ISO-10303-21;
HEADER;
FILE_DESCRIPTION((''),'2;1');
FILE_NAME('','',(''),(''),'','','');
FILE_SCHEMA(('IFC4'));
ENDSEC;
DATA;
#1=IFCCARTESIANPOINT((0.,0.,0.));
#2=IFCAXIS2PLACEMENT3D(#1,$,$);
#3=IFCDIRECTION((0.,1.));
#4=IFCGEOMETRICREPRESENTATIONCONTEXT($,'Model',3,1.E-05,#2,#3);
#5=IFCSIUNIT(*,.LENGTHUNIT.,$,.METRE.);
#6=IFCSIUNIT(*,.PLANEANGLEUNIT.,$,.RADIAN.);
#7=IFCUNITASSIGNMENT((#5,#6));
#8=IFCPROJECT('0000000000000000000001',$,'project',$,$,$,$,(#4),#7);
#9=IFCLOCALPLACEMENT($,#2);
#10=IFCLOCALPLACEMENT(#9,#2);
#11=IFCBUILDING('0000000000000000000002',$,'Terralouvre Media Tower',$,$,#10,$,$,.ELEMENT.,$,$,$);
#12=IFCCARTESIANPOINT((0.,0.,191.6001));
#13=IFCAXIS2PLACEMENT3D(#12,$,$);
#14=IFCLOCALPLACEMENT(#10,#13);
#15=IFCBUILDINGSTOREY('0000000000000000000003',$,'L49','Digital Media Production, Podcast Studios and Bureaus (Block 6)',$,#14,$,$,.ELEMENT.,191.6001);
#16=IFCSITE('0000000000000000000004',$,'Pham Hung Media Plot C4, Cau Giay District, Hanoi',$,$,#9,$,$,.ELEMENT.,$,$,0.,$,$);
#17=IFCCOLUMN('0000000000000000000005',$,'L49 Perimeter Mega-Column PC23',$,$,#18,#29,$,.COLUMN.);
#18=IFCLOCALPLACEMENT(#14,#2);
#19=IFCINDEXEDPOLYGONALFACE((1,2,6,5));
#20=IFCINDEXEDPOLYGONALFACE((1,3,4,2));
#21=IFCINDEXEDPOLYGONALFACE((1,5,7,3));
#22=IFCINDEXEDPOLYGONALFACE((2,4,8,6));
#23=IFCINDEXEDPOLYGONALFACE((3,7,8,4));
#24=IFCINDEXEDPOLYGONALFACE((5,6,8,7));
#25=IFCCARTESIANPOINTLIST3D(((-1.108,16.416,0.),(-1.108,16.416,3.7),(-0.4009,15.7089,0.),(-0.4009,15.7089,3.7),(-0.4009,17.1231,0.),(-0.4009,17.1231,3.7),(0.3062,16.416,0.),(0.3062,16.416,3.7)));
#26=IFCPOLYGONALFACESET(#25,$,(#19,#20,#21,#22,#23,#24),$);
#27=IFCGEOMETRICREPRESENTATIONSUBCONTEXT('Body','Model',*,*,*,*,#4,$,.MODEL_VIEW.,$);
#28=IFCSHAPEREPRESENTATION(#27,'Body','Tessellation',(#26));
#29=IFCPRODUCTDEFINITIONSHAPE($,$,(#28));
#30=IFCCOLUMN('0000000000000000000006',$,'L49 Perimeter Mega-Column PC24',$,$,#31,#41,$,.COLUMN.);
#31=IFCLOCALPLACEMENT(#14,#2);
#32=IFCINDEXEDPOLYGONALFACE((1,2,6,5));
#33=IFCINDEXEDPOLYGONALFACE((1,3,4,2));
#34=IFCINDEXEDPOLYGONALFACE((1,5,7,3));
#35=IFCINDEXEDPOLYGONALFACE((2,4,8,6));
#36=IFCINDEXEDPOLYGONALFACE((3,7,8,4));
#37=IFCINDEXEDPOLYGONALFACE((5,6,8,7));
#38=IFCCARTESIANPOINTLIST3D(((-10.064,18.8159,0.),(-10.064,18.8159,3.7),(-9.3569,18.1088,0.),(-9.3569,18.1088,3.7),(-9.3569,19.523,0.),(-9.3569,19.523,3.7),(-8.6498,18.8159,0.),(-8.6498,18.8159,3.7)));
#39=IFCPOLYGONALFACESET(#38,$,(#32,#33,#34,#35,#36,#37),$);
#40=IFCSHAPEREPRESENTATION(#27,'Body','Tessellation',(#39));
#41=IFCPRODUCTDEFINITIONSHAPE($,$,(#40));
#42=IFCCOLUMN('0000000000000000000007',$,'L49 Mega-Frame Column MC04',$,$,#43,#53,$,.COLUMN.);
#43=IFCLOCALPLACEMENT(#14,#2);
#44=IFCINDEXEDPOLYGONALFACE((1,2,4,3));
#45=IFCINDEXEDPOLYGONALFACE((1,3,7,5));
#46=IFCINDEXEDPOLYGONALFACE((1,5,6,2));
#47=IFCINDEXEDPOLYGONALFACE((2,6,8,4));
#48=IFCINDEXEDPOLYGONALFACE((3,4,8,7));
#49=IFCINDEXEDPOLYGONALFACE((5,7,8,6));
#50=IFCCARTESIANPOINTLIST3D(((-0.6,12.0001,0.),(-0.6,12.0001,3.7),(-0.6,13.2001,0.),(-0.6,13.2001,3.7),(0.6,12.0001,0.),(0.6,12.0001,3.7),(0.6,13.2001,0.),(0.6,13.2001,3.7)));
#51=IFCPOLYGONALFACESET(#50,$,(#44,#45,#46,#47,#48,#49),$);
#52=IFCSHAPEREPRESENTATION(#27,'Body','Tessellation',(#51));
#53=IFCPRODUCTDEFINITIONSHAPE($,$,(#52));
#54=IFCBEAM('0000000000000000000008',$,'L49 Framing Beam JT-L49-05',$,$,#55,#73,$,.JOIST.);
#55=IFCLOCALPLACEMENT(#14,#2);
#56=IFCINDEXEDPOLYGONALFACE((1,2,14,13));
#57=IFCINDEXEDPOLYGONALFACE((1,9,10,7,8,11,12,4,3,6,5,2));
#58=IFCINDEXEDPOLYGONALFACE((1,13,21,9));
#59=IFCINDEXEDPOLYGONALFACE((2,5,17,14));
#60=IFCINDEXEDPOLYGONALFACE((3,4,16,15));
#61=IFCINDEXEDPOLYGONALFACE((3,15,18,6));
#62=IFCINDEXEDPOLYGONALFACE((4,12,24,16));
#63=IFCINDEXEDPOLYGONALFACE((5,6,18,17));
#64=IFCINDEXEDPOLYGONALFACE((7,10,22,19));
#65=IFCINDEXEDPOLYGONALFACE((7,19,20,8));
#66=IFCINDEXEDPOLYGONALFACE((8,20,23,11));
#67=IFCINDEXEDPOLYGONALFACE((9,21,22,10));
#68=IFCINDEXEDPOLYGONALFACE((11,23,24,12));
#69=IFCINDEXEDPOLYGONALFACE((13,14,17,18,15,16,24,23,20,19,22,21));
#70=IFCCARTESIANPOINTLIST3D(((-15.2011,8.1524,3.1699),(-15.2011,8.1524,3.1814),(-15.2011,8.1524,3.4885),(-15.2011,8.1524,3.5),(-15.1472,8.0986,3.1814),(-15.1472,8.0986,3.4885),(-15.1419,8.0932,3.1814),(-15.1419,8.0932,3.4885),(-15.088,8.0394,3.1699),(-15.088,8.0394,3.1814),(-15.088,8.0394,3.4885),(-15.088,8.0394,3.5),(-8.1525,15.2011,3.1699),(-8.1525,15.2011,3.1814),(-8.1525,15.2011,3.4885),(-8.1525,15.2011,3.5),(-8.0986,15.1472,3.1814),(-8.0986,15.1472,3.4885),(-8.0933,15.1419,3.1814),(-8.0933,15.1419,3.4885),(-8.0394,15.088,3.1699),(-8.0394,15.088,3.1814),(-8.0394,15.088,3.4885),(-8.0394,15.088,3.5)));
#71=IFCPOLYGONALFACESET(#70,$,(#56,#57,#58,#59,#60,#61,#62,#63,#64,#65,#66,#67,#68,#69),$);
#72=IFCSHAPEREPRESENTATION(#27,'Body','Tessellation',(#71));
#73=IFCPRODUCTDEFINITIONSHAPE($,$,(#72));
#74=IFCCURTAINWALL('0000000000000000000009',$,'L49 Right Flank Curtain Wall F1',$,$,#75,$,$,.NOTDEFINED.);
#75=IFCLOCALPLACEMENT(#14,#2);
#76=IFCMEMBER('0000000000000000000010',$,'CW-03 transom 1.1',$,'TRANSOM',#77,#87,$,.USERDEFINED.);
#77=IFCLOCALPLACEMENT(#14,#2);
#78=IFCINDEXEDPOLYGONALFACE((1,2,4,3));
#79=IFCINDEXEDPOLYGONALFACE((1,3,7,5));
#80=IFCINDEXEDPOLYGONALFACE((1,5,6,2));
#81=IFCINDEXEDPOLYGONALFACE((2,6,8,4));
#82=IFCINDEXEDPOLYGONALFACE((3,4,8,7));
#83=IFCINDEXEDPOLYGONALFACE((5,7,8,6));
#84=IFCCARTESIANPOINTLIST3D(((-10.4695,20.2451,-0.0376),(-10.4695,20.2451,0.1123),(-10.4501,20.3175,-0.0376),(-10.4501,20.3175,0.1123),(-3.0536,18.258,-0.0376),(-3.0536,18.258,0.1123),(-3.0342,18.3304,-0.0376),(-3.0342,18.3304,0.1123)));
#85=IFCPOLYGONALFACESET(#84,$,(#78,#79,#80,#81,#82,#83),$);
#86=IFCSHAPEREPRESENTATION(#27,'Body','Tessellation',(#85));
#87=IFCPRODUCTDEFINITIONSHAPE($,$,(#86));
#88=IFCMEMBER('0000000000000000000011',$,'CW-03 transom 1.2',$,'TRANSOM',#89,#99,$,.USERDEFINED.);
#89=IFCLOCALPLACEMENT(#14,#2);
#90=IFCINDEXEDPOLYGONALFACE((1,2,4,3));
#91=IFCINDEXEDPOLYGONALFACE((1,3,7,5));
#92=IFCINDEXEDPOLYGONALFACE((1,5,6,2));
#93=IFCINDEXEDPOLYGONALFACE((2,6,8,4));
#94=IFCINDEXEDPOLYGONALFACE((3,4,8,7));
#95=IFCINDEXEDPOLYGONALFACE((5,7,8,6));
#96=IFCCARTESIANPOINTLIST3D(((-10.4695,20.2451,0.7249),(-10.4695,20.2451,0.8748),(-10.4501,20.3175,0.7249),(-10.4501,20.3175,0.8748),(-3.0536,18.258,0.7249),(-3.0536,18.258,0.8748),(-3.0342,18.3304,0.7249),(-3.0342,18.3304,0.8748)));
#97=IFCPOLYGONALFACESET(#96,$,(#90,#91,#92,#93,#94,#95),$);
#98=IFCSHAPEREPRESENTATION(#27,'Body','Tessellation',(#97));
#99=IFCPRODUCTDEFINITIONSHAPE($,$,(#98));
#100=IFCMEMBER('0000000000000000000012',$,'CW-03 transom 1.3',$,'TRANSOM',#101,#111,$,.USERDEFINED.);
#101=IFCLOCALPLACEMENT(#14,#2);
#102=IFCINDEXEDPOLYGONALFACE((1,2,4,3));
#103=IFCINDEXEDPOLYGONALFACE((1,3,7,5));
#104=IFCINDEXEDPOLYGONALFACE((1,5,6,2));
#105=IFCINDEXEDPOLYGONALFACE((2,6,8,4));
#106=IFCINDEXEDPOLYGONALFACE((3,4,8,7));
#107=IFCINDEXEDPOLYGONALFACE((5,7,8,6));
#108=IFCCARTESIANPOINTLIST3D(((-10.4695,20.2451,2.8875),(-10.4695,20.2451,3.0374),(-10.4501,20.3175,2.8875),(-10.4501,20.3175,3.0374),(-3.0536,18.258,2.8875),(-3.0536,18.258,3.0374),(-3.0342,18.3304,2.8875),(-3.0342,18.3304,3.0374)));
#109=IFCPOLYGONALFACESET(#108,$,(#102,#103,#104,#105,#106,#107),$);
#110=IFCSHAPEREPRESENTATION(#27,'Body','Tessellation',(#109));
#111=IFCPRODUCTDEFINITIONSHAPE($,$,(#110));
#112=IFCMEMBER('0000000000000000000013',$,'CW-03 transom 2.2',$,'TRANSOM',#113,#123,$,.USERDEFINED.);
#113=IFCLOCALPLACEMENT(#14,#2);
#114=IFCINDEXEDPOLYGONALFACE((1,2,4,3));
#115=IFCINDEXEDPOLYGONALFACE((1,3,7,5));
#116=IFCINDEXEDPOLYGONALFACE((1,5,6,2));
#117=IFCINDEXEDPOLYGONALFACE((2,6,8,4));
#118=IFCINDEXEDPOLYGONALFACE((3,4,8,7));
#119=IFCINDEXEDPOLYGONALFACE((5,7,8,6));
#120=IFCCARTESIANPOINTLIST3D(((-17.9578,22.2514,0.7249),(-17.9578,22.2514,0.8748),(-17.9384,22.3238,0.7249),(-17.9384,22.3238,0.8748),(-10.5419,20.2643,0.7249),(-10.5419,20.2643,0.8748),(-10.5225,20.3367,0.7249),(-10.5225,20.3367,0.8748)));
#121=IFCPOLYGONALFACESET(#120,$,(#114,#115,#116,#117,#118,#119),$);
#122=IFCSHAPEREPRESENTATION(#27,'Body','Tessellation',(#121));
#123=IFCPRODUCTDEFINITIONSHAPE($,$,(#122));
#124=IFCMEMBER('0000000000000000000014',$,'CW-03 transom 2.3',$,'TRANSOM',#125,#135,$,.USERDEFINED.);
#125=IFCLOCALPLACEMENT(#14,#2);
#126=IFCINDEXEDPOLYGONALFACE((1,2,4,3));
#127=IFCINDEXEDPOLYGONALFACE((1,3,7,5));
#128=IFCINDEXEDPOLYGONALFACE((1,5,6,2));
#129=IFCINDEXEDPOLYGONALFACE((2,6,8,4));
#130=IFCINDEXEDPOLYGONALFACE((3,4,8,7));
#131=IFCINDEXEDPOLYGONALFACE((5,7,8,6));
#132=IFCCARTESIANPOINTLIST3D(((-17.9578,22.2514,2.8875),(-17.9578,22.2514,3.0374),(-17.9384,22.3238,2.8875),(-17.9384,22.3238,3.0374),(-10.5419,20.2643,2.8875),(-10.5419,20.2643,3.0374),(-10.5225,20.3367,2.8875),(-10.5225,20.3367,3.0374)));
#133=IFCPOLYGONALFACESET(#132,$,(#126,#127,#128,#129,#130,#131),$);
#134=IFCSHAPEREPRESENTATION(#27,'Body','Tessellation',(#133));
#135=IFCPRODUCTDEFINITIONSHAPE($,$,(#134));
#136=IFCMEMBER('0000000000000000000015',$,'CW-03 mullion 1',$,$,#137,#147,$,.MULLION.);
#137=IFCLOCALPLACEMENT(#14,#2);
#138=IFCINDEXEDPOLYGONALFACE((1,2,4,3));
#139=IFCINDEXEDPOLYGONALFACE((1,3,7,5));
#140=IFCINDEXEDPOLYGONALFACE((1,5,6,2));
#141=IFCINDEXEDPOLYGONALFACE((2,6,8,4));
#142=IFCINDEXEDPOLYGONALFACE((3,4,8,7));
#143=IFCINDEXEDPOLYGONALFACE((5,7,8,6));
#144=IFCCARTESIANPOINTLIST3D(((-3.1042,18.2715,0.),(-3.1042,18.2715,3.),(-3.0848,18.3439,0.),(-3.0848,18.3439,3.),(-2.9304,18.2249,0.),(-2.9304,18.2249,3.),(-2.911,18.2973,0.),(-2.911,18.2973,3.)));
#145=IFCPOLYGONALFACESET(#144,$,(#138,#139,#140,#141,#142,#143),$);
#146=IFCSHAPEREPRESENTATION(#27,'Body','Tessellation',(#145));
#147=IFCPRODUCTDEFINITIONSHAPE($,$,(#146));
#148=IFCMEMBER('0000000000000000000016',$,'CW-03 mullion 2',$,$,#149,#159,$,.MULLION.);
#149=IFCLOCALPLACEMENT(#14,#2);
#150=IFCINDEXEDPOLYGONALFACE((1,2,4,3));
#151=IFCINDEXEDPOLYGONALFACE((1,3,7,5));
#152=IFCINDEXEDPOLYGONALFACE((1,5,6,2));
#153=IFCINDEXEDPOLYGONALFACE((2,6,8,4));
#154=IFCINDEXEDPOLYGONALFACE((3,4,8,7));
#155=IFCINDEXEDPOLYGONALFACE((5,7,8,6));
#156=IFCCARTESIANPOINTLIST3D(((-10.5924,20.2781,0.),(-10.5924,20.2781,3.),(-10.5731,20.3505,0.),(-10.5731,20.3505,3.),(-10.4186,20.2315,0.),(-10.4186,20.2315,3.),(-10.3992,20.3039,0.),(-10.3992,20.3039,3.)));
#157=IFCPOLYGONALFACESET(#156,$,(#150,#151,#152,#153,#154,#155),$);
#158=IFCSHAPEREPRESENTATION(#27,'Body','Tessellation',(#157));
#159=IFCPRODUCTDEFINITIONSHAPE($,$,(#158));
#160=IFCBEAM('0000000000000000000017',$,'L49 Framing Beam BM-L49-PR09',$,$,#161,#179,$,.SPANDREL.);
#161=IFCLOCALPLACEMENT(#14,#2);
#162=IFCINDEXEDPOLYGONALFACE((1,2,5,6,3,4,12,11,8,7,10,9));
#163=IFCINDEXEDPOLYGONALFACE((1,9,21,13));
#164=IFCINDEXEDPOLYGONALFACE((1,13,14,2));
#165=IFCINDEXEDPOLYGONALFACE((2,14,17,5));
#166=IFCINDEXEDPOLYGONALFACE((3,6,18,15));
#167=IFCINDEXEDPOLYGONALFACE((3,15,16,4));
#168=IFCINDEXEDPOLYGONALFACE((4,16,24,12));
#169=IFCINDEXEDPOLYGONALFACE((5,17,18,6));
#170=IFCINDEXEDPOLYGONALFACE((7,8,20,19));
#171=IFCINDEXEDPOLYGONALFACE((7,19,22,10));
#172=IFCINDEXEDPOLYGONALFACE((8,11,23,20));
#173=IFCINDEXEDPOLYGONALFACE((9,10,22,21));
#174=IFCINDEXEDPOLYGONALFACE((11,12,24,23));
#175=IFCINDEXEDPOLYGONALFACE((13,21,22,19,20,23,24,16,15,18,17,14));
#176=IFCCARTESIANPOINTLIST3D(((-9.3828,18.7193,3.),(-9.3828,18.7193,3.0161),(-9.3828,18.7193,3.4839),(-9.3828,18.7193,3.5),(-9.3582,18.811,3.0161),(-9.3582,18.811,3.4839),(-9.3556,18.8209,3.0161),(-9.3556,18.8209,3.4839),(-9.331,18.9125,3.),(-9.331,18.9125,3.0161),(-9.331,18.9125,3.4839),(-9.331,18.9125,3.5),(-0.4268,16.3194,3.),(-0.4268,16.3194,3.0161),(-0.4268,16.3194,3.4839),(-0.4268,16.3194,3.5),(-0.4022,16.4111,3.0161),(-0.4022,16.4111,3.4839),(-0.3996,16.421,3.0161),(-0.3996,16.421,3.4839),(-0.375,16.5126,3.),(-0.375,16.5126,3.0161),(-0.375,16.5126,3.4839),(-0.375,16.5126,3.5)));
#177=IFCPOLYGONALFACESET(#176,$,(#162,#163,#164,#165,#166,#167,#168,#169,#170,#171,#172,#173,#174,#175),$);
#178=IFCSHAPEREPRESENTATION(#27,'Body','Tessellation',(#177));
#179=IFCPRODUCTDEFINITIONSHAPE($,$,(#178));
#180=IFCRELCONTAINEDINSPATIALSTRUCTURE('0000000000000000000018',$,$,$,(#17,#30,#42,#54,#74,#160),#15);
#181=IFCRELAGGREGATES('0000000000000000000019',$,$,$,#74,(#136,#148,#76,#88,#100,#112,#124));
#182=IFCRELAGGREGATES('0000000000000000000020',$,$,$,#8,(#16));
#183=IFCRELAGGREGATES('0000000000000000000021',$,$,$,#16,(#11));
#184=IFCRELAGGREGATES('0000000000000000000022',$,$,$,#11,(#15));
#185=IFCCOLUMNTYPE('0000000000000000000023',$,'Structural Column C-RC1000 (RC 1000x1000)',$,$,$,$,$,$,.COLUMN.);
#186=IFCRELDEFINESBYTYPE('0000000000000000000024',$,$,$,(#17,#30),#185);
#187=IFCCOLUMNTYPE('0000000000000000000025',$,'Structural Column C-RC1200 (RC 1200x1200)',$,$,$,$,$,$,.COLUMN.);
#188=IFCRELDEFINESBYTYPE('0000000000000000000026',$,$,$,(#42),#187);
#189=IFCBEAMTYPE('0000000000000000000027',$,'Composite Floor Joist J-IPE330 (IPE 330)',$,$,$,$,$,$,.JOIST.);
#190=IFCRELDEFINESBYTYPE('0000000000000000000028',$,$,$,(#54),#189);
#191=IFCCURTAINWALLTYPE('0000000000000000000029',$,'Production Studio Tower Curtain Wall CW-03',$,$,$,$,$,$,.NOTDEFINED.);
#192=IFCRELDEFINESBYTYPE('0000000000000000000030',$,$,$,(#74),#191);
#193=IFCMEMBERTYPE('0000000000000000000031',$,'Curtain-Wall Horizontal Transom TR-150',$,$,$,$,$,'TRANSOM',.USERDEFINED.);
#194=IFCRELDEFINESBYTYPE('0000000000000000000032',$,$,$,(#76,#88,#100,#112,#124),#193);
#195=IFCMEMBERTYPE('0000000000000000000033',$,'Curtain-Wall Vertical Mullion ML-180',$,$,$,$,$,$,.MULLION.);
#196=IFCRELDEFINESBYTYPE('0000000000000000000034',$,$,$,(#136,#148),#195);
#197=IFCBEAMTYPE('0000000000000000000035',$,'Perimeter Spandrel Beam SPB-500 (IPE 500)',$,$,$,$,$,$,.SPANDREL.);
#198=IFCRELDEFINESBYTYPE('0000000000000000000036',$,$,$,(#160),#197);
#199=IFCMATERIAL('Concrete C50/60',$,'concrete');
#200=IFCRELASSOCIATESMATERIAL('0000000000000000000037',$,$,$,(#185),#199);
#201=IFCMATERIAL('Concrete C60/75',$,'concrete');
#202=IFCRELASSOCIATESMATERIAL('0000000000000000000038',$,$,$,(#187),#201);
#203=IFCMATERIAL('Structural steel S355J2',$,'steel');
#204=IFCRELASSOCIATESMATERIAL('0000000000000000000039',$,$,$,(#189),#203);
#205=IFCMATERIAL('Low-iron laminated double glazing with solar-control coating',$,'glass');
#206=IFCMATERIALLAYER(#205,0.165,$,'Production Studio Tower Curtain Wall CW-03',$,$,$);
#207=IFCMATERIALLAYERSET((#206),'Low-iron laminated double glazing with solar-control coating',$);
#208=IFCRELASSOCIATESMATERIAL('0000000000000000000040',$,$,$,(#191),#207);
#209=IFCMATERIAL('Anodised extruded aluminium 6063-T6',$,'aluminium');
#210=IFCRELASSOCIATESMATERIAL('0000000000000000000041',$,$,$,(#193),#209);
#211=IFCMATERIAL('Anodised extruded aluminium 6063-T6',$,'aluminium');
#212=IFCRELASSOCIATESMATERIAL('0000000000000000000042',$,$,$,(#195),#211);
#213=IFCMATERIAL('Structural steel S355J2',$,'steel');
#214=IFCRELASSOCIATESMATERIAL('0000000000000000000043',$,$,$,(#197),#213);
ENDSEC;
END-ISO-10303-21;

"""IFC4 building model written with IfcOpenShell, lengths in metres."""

from ifc_helpers import new_model, si_unit, direction, frame, origin, origin_2d, place, context, subcontext, project, spatial, rectangle, i_section, extrude, material, layer, layer_set, material_profile, profile_set, type_object, element, aggregate, save


model = new_model("IFC4")

# Units and contexts
model_context = context("Model", 3, precision=1e-05, world=origin(), true_north=direction((0.0, 1.0)))
body_context = subcontext(model_context, "Body", "Model", "MODEL_VIEW")
ifc_project = project(units=[si_unit("LENGTHUNIT", "METRE"), si_unit("PLANEANGLEUNIT", "RADIAN")], contexts=[model_context])

# Site, building, storey
site_placement = place(None, origin())
site = spatial("IfcSite", under=ifc_project, at=site_placement, Name="Pham Hung Media Plot C4, Cau Giay District, Hanoi", CompositionType="ELEMENT", RefElevation=0.0)
building_placement = place(site_placement, origin())
building = spatial("IfcBuilding", under=site, at=building_placement, Name="Terralouvre Media Tower", CompositionType="ELEMENT")
storey_placement = place(building_placement, frame((0.0, 0.0, 191.6001)))
storey = spatial("IfcBuildingStorey", under=building, at=storey_placement, Name="L49", Description="Digital Media Production, Podcast Studios and Bureaus (Block 6)", CompositionType="ELEMENT", Elevation=191.6001)

# Columns
ifc_material_1 = material(Name="Concrete C50/60", Category="concrete")
ifc_material_profile_1 = material_profile(ifc_material_1, rectangle(XDim=1.0, YDim=1.0, at=origin_2d()), Name="RC 1000x1000")
ifc_profile_set_1 = profile_set([ifc_material_profile_1], Name="Concrete C50/60")
column_type_1 = type_object("IfcColumnType", Name="Structural Column C-RC1000 (RC 1000x1000)", PredefinedType="COLUMN", material=ifc_profile_set_1)
for number, where, z_axis, x_axis, name in (
    (1, (-0.4009, 16.416, 0.0), (0.0, 0.0, 1.0), (0.707107, 0.707107, 0.0), "L49 Perimeter Mega-Column PC23"),
    (2, (-9.3569, 18.8159, 0.0), (0.0, 0.0, 1.0), (0.707107, 0.707107, 0.0), "L49 Perimeter Mega-Column PC24"),
):
    element("IfcColumn", number, at=place(storey_placement, frame(where, z_axis=z_axis, x_axis=x_axis)), inside=storey, type_object=column_type_1, Name=name, PredefinedType="COLUMN", context=body_context, shape_type="SweptSolid", body=[
        extrude(rectangle(XDim=1.0, YDim=1.0, at=origin_2d()), origin(), (0.0, 0.0, 1.0), 3.7),
    ])
ifc_material_2 = material(Name="Concrete C60/75", Category="concrete")
ifc_material_profile_2 = material_profile(ifc_material_2, rectangle(XDim=1.2, YDim=1.2, at=origin_2d()), Name="RC 1200x1200")
ifc_profile_set_2 = profile_set([ifc_material_profile_2], Name="Concrete C60/75")
column_type_2 = type_object("IfcColumnType", Name="Structural Column C-RC1200 (RC 1200x1200)", PredefinedType="COLUMN", material=ifc_profile_set_2)
column_placement = place(storey_placement, frame((0.0, 12.6001, 0.0), z_axis=(0.0, 0.0, 1.0), x_axis=(1.0, 0.0, 0.0)))
element("IfcColumn", 3, at=column_placement, inside=storey, type_object=column_type_2, Name="L49 Mega-Frame Column MC04", PredefinedType="COLUMN", context=body_context, shape_type="SweptSolid", body=[
    extrude(rectangle(XDim=1.2, YDim=1.2, at=origin_2d()), origin(), (0.0, 0.0, 1.0), 3.7),
])

# Beam
ifc_material_3 = material(Name="Structural steel S355J2", Category="steel")
ifc_material_profile_3 = material_profile(ifc_material_3, i_section(OverallWidth=0.1599, OverallDepth=0.3301, WebThickness=0.0076, FlangeThickness=0.0115, at=origin_2d()), Name="IPE 330")
ifc_profile_set_3 = profile_set([ifc_material_profile_3], Name="Structural steel S355J2")
beam_type_1 = type_object("IfcBeamType", Name="Composite Floor Joist J-IPE330 (IPE 330)", PredefinedType="JOIST", material=ifc_profile_set_3)
beam_1_placement = place(storey_placement, frame((-8.0959, 15.1445, 3.335), z_axis=(-0.707107, -0.707107, 0.0), x_axis=(0.707107, -0.707107, 0.0)))
element("IfcBeam", 4, at=beam_1_placement, inside=storey, type_object=beam_type_1, Name="L49 Framing Beam JT-L49-05", PredefinedType="JOIST", context=body_context, shape_type="SweptSolid", body=[
    extrude(i_section(OverallWidth=0.1599, OverallDepth=0.3301, WebThickness=0.0076, FlangeThickness=0.0115, at=origin_2d()), origin(), (0.0, 0.0, 1.0), 9.9683),
])

# Curtain wall, members
ifc_material_4 = material(Name="Low-iron laminated double glazing with solar-control coating", Category="glass")
ifc_layer_1 = layer(ifc_material_4, 0.165, Name="Production Studio Tower Curtain Wall CW-03")
ifc_layer_set_1 = layer_set([ifc_layer_1], Name="Low-iron laminated double glazing with solar-control coating")
curtain_wall_type = type_object("IfcCurtainWallType", Name="Production Studio Tower Curtain Wall CW-03", PredefinedType="NOTDEFINED", material=ifc_layer_set_1)
curtain_wall_placement = place(storey_placement, origin())
curtain_wall = element("IfcCurtainWall", 5, at=curtain_wall_placement, inside=storey, type_object=curtain_wall_type, Name="L49 Right Flank Curtain Wall F1", PredefinedType="NOTDEFINED")
ifc_material_5 = material(Name="Anodised extruded aluminium 6063-T6", Category="aluminium")
ifc_material_profile_4 = material_profile(ifc_material_5, rectangle(XDim=0.075, YDim=0.1499, at=origin_2d()), Name="ALU 75x150")
ifc_profile_set_4 = profile_set([ifc_material_profile_4], Name="Anodised extruded aluminium 6063-T6")
member_type_1 = type_object("IfcMemberType", Name="Curtain-Wall Horizontal Transom TR-150", ElementType="TRANSOM", PredefinedType="USERDEFINED", material=ifc_profile_set_4)
member_1_placement = place(storey_placement, frame((-3.0439, 18.2942, 0.0374), z_axis=(-0.965925, 0.25882, 0.0), x_axis=(-0.25882, -0.965925, 0.0)))
member_1 = element("IfcMember", 6, at=member_1_placement, type_object=member_type_1, Name="CW-03 transom 1.1", ObjectType="TRANSOM", PredefinedType="USERDEFINED", context=body_context, shape_type="SweptSolid", body=[
    extrude(rectangle(XDim=0.075, YDim=0.1499, at=origin_2d()), origin(), (0.0, 0.0, 1.0), 7.6775),
])
member_2_placement = place(storey_placement, frame((-3.0439, 18.2942, 0.7998), z_axis=(-0.965925, 0.25882, 0.0), x_axis=(-0.25882, -0.965925, 0.0)))
member_2 = element("IfcMember", 7, at=member_2_placement, type_object=member_type_1, Name="CW-03 transom 1.2", ObjectType="TRANSOM", PredefinedType="USERDEFINED", context=body_context, shape_type="SweptSolid", body=[
    extrude(rectangle(XDim=0.075, YDim=0.1499, at=origin_2d()), origin(), (0.0, 0.0, 1.0), 7.6775),
])
member_3_placement = place(storey_placement, frame((-3.0439, 18.2942, 2.9624), z_axis=(-0.965925, 0.25882, 0.0), x_axis=(-0.25882, -0.965925, 0.0)))
member_3 = element("IfcMember", 8, at=member_3_placement, type_object=member_type_1, Name="CW-03 transom 1.3", ObjectType="TRANSOM", PredefinedType="USERDEFINED", context=body_context, shape_type="SweptSolid", body=[
    extrude(rectangle(XDim=0.075, YDim=0.1499, at=origin_2d()), origin(), (0.0, 0.0, 1.0), 7.6775),
])
member_4_placement = place(storey_placement, frame((-10.5322, 20.3005, 0.7998), z_axis=(-0.965925, 0.25882, 0.0), x_axis=(-0.25882, -0.965925, 0.0)))
member_4 = element("IfcMember", 9, at=member_4_placement, type_object=member_type_1, Name="CW-03 transom 2.2", ObjectType="TRANSOM", PredefinedType="USERDEFINED", context=body_context, shape_type="SweptSolid", body=[
    extrude(rectangle(XDim=0.075, YDim=0.1499, at=origin_2d()), origin(), (0.0, 0.0, 1.0), 7.6775),
])
member_5_placement = place(storey_placement, frame((-10.5322, 20.3005, 2.9624), z_axis=(-0.965925, 0.25882, 0.0), x_axis=(-0.25882, -0.965925, 0.0)))
member_5 = element("IfcMember", 10, at=member_5_placement, type_object=member_type_1, Name="CW-03 transom 2.3", ObjectType="TRANSOM", PredefinedType="USERDEFINED", context=body_context, shape_type="SweptSolid", body=[
    extrude(rectangle(XDim=0.075, YDim=0.1499, at=origin_2d()), origin(), (0.0, 0.0, 1.0), 7.6775),
])
ifc_material_6 = material(Name="Anodised extruded aluminium 6063-T6", Category="aluminium")
ifc_material_profile_5 = material_profile(ifc_material_6, rectangle(XDim=0.075, YDim=0.1799, at=origin_2d()), Name="ALU 75x180")
ifc_profile_set_5 = profile_set([ifc_material_profile_5], Name="Anodised extruded aluminium 6063-T6")
member_type_2 = type_object("IfcMemberType", Name="Curtain-Wall Vertical Mullion ML-180", PredefinedType="MULLION", material=ifc_profile_set_5)
member_6_placement = place(storey_placement, frame((-3.0076, 18.2844, 0.0), z_axis=(0.0, 0.0, 1.0), x_axis=(-0.258819, -0.965926, 0.0)))
member_6 = element("IfcMember", 11, at=member_6_placement, type_object=member_type_2, Name="CW-03 mullion 1", PredefinedType="MULLION", context=body_context, shape_type="SweptSolid", body=[
    extrude(rectangle(XDim=0.075, YDim=0.1799, at=origin_2d()), origin(), (0.0, 0.0, 1.0), 3.0),
])
member_7_placement = place(storey_placement, frame((-10.4958, 20.291, 0.0), z_axis=(0.0, 0.0, 1.0), x_axis=(-0.258819, -0.965926, 0.0)))
member_7 = element("IfcMember", 12, at=member_7_placement, type_object=member_type_2, Name="CW-03 mullion 2", PredefinedType="MULLION", context=body_context, shape_type="SweptSolid", body=[
    extrude(rectangle(XDim=0.075, YDim=0.1799, at=origin_2d()), origin(), (0.0, 0.0, 1.0), 3.0),
])

# Beam
ifc_material_7 = material(Name="Structural steel S355J2", Category="steel")
ifc_material_profile_6 = material_profile(ifc_material_7, i_section(OverallWidth=0.2, OverallDepth=0.5, WebThickness=0.0103, FlangeThickness=0.0161, at=origin_2d()), Name="IPE 500")
ifc_profile_set_6 = profile_set([ifc_material_profile_6], Name="Structural steel S355J2")
beam_type_2 = type_object("IfcBeamType", Name="Perimeter Spandrel Beam SPB-500 (IPE 500)", PredefinedType="SPANDREL", material=ifc_profile_set_6)
beam_2_placement = place(storey_placement, frame((-0.4009, 16.416, 3.25), z_axis=(-0.965922, 0.258833, 0.0), x_axis=(-0.258833, -0.965922, 0.0)))
element("IfcBeam", 13, at=beam_2_placement, inside=storey, type_object=beam_type_2, Name="L49 Framing Beam BM-L49-PR09", PredefinedType="SPANDREL", context=body_context, shape_type="SweptSolid", body=[
    extrude(i_section(OverallWidth=0.2, OverallDepth=0.5, WebThickness=0.0103, FlangeThickness=0.0161, at=origin_2d()), origin(), (0.0, 0.0, 1.0), 9.272),
])

aggregate(curtain_wall, [member_6, member_7, member_1, member_2, member_3, member_4, member_5])

save(model, "model.ifc")
